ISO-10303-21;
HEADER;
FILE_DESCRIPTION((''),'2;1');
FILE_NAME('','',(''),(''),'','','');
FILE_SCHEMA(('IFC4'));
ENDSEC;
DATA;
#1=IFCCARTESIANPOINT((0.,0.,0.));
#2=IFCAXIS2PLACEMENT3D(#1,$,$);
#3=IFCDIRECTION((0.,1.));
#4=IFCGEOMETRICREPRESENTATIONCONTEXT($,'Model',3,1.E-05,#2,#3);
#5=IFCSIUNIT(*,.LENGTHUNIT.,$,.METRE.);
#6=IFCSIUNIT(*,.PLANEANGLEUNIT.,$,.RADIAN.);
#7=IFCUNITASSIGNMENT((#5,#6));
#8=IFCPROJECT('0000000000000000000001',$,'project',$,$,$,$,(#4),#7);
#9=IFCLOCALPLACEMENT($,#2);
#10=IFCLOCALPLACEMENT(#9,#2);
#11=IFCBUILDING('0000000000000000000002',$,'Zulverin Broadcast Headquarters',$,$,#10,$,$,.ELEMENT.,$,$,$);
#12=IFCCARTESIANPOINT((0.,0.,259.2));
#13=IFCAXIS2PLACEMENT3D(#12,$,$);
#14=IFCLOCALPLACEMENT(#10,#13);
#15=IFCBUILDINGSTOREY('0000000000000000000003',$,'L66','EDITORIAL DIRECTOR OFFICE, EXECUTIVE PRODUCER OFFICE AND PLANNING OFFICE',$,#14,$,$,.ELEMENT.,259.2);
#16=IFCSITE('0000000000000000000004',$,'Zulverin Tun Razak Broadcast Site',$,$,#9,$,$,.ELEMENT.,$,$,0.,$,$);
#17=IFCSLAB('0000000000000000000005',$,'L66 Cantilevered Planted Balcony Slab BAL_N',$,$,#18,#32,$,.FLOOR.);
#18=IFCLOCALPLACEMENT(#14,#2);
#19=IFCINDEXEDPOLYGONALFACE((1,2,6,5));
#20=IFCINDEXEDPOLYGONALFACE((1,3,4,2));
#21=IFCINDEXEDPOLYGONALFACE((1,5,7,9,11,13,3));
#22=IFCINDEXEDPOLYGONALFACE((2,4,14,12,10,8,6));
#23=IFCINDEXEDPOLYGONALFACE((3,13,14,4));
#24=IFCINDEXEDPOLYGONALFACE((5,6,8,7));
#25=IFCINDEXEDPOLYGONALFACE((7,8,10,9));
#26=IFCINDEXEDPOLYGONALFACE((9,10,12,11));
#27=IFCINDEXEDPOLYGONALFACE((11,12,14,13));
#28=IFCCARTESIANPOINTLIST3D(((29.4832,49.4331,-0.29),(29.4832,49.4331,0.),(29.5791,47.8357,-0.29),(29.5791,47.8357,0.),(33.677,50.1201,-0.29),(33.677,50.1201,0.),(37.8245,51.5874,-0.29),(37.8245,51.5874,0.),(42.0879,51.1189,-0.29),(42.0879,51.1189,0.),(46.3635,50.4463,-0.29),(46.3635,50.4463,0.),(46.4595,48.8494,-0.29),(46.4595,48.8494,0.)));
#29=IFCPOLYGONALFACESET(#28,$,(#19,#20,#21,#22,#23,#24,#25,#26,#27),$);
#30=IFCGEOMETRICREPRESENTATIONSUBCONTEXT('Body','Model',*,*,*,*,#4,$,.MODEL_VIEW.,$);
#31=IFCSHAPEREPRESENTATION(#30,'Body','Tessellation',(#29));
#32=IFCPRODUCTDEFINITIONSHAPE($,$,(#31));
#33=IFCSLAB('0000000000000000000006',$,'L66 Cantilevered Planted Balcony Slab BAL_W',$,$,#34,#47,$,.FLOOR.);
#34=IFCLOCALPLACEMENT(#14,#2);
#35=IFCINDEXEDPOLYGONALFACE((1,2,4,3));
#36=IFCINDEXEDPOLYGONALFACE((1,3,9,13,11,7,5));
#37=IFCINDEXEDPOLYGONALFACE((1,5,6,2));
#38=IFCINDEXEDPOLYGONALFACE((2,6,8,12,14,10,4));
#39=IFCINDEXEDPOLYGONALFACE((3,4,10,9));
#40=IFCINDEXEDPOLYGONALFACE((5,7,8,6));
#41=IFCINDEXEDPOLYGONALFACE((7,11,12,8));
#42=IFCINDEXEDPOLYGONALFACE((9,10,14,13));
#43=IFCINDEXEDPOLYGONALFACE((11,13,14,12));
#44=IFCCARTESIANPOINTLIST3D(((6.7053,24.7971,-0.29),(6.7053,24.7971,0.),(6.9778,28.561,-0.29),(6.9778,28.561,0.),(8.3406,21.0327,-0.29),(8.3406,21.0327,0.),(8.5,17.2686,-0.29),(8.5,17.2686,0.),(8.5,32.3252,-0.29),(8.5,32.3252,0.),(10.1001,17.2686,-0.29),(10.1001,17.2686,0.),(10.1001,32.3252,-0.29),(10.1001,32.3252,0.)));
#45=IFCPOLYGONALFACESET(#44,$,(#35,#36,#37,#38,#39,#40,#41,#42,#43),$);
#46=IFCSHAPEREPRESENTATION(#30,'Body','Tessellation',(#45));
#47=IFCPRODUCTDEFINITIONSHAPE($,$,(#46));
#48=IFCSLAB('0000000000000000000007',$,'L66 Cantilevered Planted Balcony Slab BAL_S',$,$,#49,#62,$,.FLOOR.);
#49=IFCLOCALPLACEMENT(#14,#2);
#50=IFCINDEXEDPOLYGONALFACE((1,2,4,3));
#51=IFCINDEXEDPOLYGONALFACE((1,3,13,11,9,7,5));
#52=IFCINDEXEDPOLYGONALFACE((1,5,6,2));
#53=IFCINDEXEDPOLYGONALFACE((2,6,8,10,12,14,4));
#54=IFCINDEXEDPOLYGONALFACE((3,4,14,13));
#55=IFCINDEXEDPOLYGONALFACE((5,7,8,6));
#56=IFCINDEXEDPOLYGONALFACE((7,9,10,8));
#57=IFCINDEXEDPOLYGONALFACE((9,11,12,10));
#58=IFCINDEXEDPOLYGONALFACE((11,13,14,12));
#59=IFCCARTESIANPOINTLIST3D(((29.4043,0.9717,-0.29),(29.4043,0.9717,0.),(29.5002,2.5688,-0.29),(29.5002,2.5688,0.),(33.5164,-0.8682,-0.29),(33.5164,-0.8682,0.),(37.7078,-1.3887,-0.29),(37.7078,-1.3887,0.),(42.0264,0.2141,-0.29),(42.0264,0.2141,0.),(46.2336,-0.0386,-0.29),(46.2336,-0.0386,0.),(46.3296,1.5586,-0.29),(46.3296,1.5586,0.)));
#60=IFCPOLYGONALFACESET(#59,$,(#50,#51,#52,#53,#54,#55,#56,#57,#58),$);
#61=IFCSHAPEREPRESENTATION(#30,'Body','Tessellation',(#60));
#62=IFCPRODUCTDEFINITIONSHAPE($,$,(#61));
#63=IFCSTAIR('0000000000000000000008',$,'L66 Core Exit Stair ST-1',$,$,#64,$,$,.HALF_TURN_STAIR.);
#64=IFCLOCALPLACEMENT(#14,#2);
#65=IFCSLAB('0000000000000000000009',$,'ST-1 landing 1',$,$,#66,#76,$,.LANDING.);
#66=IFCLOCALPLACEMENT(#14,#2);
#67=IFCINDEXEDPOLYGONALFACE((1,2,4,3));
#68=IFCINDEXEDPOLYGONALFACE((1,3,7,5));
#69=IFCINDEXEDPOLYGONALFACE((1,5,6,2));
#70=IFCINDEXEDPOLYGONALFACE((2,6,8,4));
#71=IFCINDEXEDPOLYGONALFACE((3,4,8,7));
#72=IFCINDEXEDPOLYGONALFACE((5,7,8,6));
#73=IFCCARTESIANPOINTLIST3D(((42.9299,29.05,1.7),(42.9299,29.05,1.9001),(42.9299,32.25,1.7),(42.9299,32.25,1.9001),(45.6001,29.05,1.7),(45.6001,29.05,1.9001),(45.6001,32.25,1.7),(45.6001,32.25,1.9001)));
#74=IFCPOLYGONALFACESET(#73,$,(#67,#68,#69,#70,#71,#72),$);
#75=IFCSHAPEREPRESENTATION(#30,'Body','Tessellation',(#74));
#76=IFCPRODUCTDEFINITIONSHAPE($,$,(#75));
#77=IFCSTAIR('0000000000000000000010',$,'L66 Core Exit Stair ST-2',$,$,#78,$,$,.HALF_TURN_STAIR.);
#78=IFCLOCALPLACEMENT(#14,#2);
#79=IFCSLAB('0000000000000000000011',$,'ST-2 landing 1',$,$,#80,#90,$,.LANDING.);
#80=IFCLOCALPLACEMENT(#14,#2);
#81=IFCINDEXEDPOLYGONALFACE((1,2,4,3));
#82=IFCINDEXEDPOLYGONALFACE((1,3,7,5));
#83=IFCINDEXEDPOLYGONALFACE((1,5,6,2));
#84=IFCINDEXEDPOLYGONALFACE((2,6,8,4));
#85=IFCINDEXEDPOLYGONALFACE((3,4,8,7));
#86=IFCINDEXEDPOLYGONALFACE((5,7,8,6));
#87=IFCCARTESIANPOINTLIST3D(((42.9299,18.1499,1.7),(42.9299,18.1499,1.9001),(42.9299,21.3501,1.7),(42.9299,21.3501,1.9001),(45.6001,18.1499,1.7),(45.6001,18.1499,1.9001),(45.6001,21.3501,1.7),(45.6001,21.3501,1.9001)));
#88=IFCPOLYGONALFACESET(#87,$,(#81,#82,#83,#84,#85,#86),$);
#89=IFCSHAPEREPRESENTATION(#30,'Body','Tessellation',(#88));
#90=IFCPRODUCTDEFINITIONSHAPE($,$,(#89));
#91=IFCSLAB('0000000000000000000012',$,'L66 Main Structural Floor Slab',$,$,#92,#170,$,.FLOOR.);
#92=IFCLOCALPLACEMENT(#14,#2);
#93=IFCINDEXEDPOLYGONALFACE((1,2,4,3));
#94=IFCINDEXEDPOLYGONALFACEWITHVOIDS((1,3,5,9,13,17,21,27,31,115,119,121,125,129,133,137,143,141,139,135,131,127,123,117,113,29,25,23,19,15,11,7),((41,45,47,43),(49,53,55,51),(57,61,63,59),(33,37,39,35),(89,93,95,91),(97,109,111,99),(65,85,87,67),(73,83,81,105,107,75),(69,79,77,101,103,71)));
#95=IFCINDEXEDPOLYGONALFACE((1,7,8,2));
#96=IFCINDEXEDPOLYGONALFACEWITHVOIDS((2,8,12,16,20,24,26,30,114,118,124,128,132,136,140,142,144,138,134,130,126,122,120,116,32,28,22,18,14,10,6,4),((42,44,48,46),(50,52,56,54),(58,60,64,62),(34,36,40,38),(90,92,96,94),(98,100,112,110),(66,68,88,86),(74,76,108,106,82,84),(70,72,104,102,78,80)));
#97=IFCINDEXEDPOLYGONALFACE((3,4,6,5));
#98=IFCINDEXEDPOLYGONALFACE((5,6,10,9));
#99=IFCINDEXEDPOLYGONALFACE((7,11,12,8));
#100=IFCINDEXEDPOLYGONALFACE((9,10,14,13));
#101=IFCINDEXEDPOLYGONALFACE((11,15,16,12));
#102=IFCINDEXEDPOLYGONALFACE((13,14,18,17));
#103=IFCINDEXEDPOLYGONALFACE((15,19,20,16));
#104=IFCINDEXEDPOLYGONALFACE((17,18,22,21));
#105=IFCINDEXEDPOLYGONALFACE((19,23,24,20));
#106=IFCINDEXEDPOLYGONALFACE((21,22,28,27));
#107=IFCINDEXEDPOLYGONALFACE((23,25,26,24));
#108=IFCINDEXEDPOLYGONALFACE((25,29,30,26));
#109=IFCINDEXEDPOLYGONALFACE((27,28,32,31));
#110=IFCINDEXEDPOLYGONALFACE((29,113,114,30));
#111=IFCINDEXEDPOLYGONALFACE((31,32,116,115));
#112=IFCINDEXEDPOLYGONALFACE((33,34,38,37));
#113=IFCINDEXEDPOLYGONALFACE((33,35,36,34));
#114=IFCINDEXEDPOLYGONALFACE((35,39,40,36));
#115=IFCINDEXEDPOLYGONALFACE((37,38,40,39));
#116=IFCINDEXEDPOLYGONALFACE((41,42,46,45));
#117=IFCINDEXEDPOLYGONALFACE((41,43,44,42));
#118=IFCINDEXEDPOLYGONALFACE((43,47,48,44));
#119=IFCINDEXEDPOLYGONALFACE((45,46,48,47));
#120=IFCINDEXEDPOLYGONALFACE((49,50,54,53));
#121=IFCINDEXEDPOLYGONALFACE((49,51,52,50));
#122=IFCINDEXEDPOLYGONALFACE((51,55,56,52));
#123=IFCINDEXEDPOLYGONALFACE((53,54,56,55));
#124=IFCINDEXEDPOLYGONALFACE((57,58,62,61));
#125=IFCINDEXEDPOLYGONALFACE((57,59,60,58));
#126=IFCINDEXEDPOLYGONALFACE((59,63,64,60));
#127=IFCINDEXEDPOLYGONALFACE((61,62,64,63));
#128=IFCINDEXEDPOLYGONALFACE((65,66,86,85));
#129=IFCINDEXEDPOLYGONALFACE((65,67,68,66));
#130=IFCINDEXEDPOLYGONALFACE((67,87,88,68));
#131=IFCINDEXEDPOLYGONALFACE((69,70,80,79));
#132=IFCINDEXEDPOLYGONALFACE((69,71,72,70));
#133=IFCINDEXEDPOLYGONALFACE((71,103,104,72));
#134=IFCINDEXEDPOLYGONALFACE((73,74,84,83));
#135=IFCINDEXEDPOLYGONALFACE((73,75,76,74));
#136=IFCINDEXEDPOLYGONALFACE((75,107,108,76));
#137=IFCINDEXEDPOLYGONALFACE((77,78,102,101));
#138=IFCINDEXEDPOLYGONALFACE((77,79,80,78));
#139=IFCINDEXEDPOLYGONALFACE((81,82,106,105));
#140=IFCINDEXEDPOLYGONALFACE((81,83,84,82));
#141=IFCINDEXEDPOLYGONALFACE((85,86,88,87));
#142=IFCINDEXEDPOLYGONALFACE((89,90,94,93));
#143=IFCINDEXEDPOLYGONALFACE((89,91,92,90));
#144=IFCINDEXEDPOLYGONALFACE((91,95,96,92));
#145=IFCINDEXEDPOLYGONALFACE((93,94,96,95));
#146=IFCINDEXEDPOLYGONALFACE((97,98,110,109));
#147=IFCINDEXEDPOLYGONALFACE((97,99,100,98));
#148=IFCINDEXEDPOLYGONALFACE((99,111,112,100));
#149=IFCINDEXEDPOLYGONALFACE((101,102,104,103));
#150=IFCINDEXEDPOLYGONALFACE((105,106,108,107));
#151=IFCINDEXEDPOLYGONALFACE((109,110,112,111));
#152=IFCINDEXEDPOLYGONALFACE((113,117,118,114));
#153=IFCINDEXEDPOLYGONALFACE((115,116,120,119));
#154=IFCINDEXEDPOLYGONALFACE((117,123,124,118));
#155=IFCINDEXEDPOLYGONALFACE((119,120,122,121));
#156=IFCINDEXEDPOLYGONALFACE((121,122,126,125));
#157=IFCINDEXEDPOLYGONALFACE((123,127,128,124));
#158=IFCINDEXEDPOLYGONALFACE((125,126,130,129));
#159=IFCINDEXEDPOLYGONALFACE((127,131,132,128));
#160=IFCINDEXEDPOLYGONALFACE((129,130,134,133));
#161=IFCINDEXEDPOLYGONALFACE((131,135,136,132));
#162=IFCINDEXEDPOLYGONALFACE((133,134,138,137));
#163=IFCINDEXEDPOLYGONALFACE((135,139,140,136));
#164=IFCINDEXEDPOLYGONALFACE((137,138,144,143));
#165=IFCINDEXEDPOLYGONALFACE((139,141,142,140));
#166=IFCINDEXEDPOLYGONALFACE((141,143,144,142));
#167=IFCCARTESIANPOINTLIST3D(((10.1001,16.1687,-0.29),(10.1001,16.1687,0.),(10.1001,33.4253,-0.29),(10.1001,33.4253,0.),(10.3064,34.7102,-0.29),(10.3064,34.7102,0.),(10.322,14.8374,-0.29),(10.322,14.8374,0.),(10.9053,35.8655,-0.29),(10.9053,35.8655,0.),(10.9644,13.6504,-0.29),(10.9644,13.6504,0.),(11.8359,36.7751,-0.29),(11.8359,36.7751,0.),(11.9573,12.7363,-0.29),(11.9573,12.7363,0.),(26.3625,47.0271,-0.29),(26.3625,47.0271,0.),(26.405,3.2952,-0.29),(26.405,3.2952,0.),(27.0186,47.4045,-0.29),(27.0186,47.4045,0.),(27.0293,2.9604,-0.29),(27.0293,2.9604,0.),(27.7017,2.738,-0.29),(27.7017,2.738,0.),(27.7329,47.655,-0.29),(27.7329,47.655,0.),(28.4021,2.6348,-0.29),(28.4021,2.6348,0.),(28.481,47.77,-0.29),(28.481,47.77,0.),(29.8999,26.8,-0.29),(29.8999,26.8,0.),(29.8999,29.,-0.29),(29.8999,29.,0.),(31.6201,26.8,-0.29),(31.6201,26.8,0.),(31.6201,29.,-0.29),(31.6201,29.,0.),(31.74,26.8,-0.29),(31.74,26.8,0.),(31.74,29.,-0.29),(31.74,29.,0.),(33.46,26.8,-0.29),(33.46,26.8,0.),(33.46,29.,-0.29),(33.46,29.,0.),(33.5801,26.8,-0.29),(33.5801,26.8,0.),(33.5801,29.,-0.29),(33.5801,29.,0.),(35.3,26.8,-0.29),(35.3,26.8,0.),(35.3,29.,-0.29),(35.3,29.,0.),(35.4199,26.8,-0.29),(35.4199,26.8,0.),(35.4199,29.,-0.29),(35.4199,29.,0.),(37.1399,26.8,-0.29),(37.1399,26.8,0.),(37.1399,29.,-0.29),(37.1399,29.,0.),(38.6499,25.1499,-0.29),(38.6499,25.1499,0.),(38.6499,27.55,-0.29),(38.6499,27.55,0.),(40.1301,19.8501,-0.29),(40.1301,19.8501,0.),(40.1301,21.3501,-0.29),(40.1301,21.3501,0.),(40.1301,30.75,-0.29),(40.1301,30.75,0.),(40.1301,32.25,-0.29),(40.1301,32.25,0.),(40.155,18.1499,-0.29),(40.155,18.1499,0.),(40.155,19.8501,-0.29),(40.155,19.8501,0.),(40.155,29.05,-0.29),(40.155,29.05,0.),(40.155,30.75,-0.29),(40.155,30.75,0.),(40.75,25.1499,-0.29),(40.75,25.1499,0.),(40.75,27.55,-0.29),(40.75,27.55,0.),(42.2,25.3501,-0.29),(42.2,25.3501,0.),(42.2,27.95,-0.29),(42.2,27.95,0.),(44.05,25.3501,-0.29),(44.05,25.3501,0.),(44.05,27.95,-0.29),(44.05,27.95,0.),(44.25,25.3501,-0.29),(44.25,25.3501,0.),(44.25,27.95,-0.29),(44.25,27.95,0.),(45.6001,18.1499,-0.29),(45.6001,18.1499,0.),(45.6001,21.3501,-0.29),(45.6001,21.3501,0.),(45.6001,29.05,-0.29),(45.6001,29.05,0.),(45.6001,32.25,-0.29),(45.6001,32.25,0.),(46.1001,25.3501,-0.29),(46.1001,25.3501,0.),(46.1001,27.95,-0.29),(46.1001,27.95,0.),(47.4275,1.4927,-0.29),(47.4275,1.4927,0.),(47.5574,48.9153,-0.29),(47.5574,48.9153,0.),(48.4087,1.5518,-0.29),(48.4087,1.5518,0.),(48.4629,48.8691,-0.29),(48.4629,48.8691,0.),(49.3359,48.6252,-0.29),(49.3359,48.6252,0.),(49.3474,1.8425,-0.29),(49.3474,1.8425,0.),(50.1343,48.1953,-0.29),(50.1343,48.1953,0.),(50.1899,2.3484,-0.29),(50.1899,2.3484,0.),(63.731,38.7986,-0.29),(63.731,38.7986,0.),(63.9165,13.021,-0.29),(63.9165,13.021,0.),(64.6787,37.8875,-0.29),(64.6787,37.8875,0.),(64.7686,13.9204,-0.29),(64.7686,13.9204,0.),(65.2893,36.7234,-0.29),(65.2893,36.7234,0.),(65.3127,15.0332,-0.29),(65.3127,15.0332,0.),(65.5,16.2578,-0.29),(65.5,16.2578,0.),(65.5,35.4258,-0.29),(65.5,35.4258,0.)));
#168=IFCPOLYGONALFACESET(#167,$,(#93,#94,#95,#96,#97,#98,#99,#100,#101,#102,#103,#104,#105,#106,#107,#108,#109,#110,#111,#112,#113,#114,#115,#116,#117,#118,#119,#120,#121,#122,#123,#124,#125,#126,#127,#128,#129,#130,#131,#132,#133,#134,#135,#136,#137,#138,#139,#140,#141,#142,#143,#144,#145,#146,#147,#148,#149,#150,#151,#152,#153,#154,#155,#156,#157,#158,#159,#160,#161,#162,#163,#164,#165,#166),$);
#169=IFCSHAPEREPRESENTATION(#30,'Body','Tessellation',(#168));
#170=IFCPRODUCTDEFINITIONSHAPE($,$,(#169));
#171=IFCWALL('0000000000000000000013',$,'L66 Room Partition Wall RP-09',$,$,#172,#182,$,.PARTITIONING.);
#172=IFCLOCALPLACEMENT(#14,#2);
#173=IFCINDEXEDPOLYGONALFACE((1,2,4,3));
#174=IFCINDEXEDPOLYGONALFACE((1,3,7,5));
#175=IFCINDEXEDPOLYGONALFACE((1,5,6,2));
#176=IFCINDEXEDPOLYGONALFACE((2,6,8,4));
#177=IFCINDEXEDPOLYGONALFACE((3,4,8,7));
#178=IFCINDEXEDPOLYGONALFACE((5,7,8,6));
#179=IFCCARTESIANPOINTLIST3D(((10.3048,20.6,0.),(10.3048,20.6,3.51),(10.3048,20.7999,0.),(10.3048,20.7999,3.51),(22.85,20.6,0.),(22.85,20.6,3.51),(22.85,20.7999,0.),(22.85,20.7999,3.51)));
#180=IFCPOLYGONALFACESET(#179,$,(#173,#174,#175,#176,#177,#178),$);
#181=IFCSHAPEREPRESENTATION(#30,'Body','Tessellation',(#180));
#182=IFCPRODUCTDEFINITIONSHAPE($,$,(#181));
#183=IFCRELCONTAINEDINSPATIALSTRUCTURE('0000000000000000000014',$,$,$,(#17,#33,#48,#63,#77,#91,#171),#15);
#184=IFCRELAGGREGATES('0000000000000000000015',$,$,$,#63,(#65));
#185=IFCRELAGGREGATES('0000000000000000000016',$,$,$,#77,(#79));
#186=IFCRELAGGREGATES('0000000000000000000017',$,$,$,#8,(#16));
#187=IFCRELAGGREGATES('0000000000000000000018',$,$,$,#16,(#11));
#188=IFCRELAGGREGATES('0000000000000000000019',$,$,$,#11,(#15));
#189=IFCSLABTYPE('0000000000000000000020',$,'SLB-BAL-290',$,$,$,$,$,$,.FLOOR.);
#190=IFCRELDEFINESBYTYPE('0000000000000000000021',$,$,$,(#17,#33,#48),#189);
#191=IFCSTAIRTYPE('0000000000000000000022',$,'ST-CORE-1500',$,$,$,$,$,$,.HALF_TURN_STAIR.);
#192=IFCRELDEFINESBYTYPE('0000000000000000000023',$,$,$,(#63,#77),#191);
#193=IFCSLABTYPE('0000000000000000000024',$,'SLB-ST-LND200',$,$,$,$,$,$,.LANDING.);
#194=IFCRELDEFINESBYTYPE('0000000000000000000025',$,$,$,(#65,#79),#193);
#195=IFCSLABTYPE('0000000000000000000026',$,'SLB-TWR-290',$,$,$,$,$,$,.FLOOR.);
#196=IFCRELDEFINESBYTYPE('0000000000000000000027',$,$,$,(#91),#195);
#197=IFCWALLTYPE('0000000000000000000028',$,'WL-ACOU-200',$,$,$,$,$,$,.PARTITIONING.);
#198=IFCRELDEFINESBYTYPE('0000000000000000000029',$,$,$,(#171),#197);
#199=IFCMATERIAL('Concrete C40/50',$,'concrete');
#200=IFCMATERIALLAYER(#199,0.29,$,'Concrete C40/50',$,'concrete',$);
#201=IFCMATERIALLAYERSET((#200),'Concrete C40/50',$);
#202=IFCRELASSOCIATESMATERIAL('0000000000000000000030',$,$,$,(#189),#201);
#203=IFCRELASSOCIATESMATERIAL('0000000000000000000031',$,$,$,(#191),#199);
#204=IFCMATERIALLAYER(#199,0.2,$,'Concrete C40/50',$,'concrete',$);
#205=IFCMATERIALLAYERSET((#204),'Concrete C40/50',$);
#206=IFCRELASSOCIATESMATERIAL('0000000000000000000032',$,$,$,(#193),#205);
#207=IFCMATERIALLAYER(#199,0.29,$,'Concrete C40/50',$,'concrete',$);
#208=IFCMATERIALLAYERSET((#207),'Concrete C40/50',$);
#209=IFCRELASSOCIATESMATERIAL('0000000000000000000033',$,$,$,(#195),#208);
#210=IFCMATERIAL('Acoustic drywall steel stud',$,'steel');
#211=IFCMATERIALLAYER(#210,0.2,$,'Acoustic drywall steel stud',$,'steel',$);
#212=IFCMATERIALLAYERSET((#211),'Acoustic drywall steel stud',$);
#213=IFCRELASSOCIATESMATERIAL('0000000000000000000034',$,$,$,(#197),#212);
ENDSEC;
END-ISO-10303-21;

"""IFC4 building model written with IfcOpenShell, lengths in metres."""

from ifc_helpers import new_model, si_unit, direction, frame, frame_2d, origin, place, context, subcontext, project, spatial, polyline, rectangle, outline, extrude, material, layer, layer_set, type_object, element, aggregate, save


model = new_model("IFC4")

# Units and contexts
model_context = context("Model", 3, precision=1e-05, world=origin(), true_north=direction((0.0, 1.0)))
body_context = subcontext(model_context, "Body", "Model", "MODEL_VIEW")
ifc_project = project(units=[si_unit("LENGTHUNIT", "METRE"), si_unit("PLANEANGLEUNIT", "RADIAN")], contexts=[model_context])

# Site, building, storey
site_placement = place(None, origin())
site = spatial("IfcSite", under=ifc_project, at=site_placement, Name="Zulverin Tun Razak Broadcast Site", CompositionType="ELEMENT", RefElevation=0.0)
building_placement = place(site_placement, origin())
building = spatial("IfcBuilding", under=site, at=building_placement, Name="Zulverin Broadcast Headquarters", CompositionType="ELEMENT")
storey_placement = place(building_placement, frame((0.0, 0.0, 259.2)))
storey = spatial("IfcBuildingStorey", under=building, at=storey_placement, Name="L66", Description="EDITORIAL DIRECTOR OFFICE, EXECUTIVE PRODUCER OFFICE AND PLANNING OFFICE", CompositionType="ELEMENT", Elevation=259.2)

# Slabs
ifc_material_1 = material(Name="Concrete C40/50", Category="concrete")
ifc_layer_1 = layer(ifc_material_1, 0.29, Name="Concrete C40/50", Category="concrete")
ifc_layer_set_1 = layer_set([ifc_layer_1], Name="Concrete C40/50")
slab_type_1 = type_object("IfcSlabType", Name="SLB-BAL-290", PredefinedType="FLOOR", material=ifc_layer_set_1)
slab_1_placement = place(storey_placement, frame((0.0, 0.0, -0.29)))
element("IfcSlab", 1, at=slab_1_placement, inside=storey, type_object=slab_type_1, Name="L66 Cantilevered Planted Balcony Slab BAL_N", PredefinedType="FLOOR", context=body_context, shape_type="SweptSolid", body=[
    extrude(outline(polyline([(29.5791, 47.8357), (46.4595, 48.8494), (46.3635, 50.4463), (42.0879, 51.1189), (37.8245, 51.5874), (33.677, 50.1201), (29.4832, 49.4331), (29.5791, 47.8357)])), origin(), (0.0, 0.0, 1.0), 0.29),
])
slab_2_placement = place(storey_placement, frame((0.0, 0.0, -0.29)))
element("IfcSlab", 2, at=slab_2_placement, inside=storey, type_object=slab_type_1, Name="L66 Cantilevered Planted Balcony Slab BAL_W", PredefinedType="FLOOR", context=body_context, shape_type="SweptSolid", body=[
    extrude(outline(polyline([(10.1001, 17.2686), (10.1001, 32.3252), (8.5, 32.3252), (6.9778, 28.561), (6.7053, 24.7971), (8.3406, 21.0327), (8.5, 17.2686), (10.1001, 17.2686)])), origin(), (0.0, 0.0, 1.0), 0.29),
])
slab_3_placement = place(storey_placement, frame((0.0, 0.0, -0.29)))
element("IfcSlab", 3, at=slab_3_placement, inside=storey, type_object=slab_type_1, Name="L66 Cantilevered Planted Balcony Slab BAL_S", PredefinedType="FLOOR", context=body_context, shape_type="SweptSolid", body=[
    extrude(outline(polyline([(46.3296, 1.5586), (29.5002, 2.5688), (29.4043, 0.9717), (33.5164, -0.8682), (37.7078, -1.3887), (42.0264, 0.2141), (46.2336, -0.0386), (46.3296, 1.5586)])), origin(), (0.0, 0.0, 1.0), 0.29),
])

# Stairs, slabs
stair_type = type_object("IfcStairType", Name="ST-CORE-1500", PredefinedType="HALF_TURN_STAIR", material=ifc_material_1)
stair_1_placement = place(storey_placement, origin())
stair_1 = element("IfcStair", 4, at=stair_1_placement, inside=storey, type_object=stair_type, Name="L66 Core Exit Stair ST-1", PredefinedType="HALF_TURN_STAIR")
ifc_layer_2 = layer(ifc_material_1, 0.2, Name="Concrete C40/50", Category="concrete")
ifc_layer_set_2 = layer_set([ifc_layer_2], Name="Concrete C40/50")
slab_type_2 = type_object("IfcSlabType", Name="SLB-ST-LND200", PredefinedType="LANDING", material=ifc_layer_set_2)
slab_4_placement = place(storey_placement, frame((0.0, 0.0, 1.7)))
slab_4 = element("IfcSlab", 5, at=slab_4_placement, type_object=slab_type_2, Name="ST-1 landing 1", PredefinedType="LANDING", context=body_context, shape_type="SweptSolid", body=[
    extrude(outline(polyline([(42.9299, 29.05), (45.6001, 29.05), (45.6001, 32.25), (42.9299, 32.25), (42.9299, 29.05)])), origin(), (0.0, 0.0, 1.0), 0.2002),
])
aggregate(stair_1, [slab_4])
stair_2_placement = place(storey_placement, origin())
stair_2 = element("IfcStair", 6, at=stair_2_placement, inside=storey, type_object=stair_type, Name="L66 Core Exit Stair ST-2", PredefinedType="HALF_TURN_STAIR")
slab_5_placement = place(storey_placement, frame((0.0, 0.0, 1.7)))
slab_5 = element("IfcSlab", 7, at=slab_5_placement, type_object=slab_type_2, Name="ST-2 landing 1", PredefinedType="LANDING", context=body_context, shape_type="SweptSolid", body=[
    extrude(outline(polyline([(42.9299, 18.1499), (45.6001, 18.1499), (45.6001, 21.3501), (42.9299, 21.3501), (42.9299, 18.1499)])), origin(), (0.0, 0.0, 1.0), 0.2002),
])
aggregate(stair_2, [slab_5])

# Slab
ifc_layer_3 = layer(ifc_material_1, 0.29, Name="Concrete C40/50", Category="concrete")
ifc_layer_set_3 = layer_set([ifc_layer_3], Name="Concrete C40/50")
slab_type_3 = type_object("IfcSlabType", Name="SLB-TWR-290", PredefinedType="FLOOR", material=ifc_layer_set_3)
slab_6_placement = place(storey_placement, frame((0.0, 0.0, -0.29)))
element("IfcSlab", 8, at=slab_6_placement, inside=storey, type_object=slab_type_3, Name="L66 Main Structural Floor Slab", PredefinedType="FLOOR", context=body_context, shape_type="SweptSolid", body=[
    extrude(outline(polyline([(26.405, 3.2952), (27.0293, 2.9604), (27.7017, 2.738), (28.4021, 2.6348), (47.4275, 1.4927), (48.4087, 1.5518), (49.3474, 1.8425), (50.1899, 2.3484), (63.9165, 13.021), (64.7686, 13.9204), (65.3127, 15.0332), (65.5, 16.2578), (65.5, 35.4258), (65.2893, 36.7234), (64.6787, 37.8875), (63.731, 38.7986), (50.1343, 48.1953), (49.3359, 48.6252), (48.4629, 48.8691), (47.5574, 48.9153), (28.481, 47.77), (27.7329, 47.655), (27.0186, 47.4045), (26.3625, 47.0271), (11.8359, 36.7751), (10.9053, 35.8655), (10.3064, 34.7102), (10.1001, 33.4253), (10.1001, 16.1687), (10.322, 14.8374), (10.9644, 13.6504), (11.9573, 12.7363), (26.405, 3.2952)]), holes=[polyline([(40.155, 30.75), (40.1301, 30.75), (40.1301, 32.25), (45.6001, 32.25), (45.6001, 29.05), (40.155, 29.05), (40.155, 30.75)]), polyline([(40.155, 19.8501), (40.1301, 19.8501), (40.1301, 21.3501), (45.6001, 21.3501), (45.6001, 18.1499), (40.155, 18.1499), (40.155, 19.8501)]), polyline([(29.8999, 26.8), (31.6201, 26.8), (31.6201, 29.0), (29.8999, 29.0), (29.8999, 26.8)]), polyline([(31.74, 26.8), (33.46, 26.8), (33.46, 29.0), (31.74, 29.0), (31.74, 26.8)]), polyline([(33.5801, 26.8), (35.3, 26.8), (35.3, 29.0), (33.5801, 29.0), (33.5801, 26.8)]), polyline([(35.4199, 26.8), (37.1399, 26.8), (37.1399, 29.0), (35.4199, 29.0), (35.4199, 26.8)]), polyline([(42.2, 25.3501), (44.05, 25.3501), (44.05, 27.95), (42.2, 27.95), (42.2, 25.3501)]), polyline([(44.25, 25.3501), (46.1001, 25.3501), (46.1001, 27.95), (44.25, 27.95), (44.25, 25.3501)]), polyline([(38.6499, 25.1499), (40.75, 25.1499), (40.75, 27.55), (38.6499, 27.55), (38.6499, 25.1499)])]), origin(), (0.0, 0.0, 1.0), 0.29),
])

# Wall
ifc_material_2 = material(Name="Acoustic drywall steel stud", Category="steel")
ifc_layer_4 = layer(ifc_material_2, 0.2, Name="Acoustic drywall steel stud", Category="steel")
ifc_layer_set_4 = layer_set([ifc_layer_4], Name="Acoustic drywall steel stud")
wall_type_1 = type_object("IfcWallType", Name="WL-ACOU-200", PredefinedType="PARTITIONING", material=ifc_layer_set_4)
wall_1_placement = place(storey_placement, frame((10.3049, 20.7, 0.0), z_axis=(0.0, 0.0, 1.0), x_axis=(1.0, 0.0, 0.0)))
element("IfcWall", 9, at=wall_1_placement, inside=storey, type_object=wall_type_1, Name="L66 Room Partition Wall RP-09", PredefinedType="PARTITIONING", context=body_context, shape_type="SweptSolid", body=[
    extrude(rectangle(XDim=12.5452, YDim=0.2, at=frame_2d((6.2725, 0.0))), origin(), (0.0, 0.0, 1.0), 3.51),
])

save(model, "model.ifc")
